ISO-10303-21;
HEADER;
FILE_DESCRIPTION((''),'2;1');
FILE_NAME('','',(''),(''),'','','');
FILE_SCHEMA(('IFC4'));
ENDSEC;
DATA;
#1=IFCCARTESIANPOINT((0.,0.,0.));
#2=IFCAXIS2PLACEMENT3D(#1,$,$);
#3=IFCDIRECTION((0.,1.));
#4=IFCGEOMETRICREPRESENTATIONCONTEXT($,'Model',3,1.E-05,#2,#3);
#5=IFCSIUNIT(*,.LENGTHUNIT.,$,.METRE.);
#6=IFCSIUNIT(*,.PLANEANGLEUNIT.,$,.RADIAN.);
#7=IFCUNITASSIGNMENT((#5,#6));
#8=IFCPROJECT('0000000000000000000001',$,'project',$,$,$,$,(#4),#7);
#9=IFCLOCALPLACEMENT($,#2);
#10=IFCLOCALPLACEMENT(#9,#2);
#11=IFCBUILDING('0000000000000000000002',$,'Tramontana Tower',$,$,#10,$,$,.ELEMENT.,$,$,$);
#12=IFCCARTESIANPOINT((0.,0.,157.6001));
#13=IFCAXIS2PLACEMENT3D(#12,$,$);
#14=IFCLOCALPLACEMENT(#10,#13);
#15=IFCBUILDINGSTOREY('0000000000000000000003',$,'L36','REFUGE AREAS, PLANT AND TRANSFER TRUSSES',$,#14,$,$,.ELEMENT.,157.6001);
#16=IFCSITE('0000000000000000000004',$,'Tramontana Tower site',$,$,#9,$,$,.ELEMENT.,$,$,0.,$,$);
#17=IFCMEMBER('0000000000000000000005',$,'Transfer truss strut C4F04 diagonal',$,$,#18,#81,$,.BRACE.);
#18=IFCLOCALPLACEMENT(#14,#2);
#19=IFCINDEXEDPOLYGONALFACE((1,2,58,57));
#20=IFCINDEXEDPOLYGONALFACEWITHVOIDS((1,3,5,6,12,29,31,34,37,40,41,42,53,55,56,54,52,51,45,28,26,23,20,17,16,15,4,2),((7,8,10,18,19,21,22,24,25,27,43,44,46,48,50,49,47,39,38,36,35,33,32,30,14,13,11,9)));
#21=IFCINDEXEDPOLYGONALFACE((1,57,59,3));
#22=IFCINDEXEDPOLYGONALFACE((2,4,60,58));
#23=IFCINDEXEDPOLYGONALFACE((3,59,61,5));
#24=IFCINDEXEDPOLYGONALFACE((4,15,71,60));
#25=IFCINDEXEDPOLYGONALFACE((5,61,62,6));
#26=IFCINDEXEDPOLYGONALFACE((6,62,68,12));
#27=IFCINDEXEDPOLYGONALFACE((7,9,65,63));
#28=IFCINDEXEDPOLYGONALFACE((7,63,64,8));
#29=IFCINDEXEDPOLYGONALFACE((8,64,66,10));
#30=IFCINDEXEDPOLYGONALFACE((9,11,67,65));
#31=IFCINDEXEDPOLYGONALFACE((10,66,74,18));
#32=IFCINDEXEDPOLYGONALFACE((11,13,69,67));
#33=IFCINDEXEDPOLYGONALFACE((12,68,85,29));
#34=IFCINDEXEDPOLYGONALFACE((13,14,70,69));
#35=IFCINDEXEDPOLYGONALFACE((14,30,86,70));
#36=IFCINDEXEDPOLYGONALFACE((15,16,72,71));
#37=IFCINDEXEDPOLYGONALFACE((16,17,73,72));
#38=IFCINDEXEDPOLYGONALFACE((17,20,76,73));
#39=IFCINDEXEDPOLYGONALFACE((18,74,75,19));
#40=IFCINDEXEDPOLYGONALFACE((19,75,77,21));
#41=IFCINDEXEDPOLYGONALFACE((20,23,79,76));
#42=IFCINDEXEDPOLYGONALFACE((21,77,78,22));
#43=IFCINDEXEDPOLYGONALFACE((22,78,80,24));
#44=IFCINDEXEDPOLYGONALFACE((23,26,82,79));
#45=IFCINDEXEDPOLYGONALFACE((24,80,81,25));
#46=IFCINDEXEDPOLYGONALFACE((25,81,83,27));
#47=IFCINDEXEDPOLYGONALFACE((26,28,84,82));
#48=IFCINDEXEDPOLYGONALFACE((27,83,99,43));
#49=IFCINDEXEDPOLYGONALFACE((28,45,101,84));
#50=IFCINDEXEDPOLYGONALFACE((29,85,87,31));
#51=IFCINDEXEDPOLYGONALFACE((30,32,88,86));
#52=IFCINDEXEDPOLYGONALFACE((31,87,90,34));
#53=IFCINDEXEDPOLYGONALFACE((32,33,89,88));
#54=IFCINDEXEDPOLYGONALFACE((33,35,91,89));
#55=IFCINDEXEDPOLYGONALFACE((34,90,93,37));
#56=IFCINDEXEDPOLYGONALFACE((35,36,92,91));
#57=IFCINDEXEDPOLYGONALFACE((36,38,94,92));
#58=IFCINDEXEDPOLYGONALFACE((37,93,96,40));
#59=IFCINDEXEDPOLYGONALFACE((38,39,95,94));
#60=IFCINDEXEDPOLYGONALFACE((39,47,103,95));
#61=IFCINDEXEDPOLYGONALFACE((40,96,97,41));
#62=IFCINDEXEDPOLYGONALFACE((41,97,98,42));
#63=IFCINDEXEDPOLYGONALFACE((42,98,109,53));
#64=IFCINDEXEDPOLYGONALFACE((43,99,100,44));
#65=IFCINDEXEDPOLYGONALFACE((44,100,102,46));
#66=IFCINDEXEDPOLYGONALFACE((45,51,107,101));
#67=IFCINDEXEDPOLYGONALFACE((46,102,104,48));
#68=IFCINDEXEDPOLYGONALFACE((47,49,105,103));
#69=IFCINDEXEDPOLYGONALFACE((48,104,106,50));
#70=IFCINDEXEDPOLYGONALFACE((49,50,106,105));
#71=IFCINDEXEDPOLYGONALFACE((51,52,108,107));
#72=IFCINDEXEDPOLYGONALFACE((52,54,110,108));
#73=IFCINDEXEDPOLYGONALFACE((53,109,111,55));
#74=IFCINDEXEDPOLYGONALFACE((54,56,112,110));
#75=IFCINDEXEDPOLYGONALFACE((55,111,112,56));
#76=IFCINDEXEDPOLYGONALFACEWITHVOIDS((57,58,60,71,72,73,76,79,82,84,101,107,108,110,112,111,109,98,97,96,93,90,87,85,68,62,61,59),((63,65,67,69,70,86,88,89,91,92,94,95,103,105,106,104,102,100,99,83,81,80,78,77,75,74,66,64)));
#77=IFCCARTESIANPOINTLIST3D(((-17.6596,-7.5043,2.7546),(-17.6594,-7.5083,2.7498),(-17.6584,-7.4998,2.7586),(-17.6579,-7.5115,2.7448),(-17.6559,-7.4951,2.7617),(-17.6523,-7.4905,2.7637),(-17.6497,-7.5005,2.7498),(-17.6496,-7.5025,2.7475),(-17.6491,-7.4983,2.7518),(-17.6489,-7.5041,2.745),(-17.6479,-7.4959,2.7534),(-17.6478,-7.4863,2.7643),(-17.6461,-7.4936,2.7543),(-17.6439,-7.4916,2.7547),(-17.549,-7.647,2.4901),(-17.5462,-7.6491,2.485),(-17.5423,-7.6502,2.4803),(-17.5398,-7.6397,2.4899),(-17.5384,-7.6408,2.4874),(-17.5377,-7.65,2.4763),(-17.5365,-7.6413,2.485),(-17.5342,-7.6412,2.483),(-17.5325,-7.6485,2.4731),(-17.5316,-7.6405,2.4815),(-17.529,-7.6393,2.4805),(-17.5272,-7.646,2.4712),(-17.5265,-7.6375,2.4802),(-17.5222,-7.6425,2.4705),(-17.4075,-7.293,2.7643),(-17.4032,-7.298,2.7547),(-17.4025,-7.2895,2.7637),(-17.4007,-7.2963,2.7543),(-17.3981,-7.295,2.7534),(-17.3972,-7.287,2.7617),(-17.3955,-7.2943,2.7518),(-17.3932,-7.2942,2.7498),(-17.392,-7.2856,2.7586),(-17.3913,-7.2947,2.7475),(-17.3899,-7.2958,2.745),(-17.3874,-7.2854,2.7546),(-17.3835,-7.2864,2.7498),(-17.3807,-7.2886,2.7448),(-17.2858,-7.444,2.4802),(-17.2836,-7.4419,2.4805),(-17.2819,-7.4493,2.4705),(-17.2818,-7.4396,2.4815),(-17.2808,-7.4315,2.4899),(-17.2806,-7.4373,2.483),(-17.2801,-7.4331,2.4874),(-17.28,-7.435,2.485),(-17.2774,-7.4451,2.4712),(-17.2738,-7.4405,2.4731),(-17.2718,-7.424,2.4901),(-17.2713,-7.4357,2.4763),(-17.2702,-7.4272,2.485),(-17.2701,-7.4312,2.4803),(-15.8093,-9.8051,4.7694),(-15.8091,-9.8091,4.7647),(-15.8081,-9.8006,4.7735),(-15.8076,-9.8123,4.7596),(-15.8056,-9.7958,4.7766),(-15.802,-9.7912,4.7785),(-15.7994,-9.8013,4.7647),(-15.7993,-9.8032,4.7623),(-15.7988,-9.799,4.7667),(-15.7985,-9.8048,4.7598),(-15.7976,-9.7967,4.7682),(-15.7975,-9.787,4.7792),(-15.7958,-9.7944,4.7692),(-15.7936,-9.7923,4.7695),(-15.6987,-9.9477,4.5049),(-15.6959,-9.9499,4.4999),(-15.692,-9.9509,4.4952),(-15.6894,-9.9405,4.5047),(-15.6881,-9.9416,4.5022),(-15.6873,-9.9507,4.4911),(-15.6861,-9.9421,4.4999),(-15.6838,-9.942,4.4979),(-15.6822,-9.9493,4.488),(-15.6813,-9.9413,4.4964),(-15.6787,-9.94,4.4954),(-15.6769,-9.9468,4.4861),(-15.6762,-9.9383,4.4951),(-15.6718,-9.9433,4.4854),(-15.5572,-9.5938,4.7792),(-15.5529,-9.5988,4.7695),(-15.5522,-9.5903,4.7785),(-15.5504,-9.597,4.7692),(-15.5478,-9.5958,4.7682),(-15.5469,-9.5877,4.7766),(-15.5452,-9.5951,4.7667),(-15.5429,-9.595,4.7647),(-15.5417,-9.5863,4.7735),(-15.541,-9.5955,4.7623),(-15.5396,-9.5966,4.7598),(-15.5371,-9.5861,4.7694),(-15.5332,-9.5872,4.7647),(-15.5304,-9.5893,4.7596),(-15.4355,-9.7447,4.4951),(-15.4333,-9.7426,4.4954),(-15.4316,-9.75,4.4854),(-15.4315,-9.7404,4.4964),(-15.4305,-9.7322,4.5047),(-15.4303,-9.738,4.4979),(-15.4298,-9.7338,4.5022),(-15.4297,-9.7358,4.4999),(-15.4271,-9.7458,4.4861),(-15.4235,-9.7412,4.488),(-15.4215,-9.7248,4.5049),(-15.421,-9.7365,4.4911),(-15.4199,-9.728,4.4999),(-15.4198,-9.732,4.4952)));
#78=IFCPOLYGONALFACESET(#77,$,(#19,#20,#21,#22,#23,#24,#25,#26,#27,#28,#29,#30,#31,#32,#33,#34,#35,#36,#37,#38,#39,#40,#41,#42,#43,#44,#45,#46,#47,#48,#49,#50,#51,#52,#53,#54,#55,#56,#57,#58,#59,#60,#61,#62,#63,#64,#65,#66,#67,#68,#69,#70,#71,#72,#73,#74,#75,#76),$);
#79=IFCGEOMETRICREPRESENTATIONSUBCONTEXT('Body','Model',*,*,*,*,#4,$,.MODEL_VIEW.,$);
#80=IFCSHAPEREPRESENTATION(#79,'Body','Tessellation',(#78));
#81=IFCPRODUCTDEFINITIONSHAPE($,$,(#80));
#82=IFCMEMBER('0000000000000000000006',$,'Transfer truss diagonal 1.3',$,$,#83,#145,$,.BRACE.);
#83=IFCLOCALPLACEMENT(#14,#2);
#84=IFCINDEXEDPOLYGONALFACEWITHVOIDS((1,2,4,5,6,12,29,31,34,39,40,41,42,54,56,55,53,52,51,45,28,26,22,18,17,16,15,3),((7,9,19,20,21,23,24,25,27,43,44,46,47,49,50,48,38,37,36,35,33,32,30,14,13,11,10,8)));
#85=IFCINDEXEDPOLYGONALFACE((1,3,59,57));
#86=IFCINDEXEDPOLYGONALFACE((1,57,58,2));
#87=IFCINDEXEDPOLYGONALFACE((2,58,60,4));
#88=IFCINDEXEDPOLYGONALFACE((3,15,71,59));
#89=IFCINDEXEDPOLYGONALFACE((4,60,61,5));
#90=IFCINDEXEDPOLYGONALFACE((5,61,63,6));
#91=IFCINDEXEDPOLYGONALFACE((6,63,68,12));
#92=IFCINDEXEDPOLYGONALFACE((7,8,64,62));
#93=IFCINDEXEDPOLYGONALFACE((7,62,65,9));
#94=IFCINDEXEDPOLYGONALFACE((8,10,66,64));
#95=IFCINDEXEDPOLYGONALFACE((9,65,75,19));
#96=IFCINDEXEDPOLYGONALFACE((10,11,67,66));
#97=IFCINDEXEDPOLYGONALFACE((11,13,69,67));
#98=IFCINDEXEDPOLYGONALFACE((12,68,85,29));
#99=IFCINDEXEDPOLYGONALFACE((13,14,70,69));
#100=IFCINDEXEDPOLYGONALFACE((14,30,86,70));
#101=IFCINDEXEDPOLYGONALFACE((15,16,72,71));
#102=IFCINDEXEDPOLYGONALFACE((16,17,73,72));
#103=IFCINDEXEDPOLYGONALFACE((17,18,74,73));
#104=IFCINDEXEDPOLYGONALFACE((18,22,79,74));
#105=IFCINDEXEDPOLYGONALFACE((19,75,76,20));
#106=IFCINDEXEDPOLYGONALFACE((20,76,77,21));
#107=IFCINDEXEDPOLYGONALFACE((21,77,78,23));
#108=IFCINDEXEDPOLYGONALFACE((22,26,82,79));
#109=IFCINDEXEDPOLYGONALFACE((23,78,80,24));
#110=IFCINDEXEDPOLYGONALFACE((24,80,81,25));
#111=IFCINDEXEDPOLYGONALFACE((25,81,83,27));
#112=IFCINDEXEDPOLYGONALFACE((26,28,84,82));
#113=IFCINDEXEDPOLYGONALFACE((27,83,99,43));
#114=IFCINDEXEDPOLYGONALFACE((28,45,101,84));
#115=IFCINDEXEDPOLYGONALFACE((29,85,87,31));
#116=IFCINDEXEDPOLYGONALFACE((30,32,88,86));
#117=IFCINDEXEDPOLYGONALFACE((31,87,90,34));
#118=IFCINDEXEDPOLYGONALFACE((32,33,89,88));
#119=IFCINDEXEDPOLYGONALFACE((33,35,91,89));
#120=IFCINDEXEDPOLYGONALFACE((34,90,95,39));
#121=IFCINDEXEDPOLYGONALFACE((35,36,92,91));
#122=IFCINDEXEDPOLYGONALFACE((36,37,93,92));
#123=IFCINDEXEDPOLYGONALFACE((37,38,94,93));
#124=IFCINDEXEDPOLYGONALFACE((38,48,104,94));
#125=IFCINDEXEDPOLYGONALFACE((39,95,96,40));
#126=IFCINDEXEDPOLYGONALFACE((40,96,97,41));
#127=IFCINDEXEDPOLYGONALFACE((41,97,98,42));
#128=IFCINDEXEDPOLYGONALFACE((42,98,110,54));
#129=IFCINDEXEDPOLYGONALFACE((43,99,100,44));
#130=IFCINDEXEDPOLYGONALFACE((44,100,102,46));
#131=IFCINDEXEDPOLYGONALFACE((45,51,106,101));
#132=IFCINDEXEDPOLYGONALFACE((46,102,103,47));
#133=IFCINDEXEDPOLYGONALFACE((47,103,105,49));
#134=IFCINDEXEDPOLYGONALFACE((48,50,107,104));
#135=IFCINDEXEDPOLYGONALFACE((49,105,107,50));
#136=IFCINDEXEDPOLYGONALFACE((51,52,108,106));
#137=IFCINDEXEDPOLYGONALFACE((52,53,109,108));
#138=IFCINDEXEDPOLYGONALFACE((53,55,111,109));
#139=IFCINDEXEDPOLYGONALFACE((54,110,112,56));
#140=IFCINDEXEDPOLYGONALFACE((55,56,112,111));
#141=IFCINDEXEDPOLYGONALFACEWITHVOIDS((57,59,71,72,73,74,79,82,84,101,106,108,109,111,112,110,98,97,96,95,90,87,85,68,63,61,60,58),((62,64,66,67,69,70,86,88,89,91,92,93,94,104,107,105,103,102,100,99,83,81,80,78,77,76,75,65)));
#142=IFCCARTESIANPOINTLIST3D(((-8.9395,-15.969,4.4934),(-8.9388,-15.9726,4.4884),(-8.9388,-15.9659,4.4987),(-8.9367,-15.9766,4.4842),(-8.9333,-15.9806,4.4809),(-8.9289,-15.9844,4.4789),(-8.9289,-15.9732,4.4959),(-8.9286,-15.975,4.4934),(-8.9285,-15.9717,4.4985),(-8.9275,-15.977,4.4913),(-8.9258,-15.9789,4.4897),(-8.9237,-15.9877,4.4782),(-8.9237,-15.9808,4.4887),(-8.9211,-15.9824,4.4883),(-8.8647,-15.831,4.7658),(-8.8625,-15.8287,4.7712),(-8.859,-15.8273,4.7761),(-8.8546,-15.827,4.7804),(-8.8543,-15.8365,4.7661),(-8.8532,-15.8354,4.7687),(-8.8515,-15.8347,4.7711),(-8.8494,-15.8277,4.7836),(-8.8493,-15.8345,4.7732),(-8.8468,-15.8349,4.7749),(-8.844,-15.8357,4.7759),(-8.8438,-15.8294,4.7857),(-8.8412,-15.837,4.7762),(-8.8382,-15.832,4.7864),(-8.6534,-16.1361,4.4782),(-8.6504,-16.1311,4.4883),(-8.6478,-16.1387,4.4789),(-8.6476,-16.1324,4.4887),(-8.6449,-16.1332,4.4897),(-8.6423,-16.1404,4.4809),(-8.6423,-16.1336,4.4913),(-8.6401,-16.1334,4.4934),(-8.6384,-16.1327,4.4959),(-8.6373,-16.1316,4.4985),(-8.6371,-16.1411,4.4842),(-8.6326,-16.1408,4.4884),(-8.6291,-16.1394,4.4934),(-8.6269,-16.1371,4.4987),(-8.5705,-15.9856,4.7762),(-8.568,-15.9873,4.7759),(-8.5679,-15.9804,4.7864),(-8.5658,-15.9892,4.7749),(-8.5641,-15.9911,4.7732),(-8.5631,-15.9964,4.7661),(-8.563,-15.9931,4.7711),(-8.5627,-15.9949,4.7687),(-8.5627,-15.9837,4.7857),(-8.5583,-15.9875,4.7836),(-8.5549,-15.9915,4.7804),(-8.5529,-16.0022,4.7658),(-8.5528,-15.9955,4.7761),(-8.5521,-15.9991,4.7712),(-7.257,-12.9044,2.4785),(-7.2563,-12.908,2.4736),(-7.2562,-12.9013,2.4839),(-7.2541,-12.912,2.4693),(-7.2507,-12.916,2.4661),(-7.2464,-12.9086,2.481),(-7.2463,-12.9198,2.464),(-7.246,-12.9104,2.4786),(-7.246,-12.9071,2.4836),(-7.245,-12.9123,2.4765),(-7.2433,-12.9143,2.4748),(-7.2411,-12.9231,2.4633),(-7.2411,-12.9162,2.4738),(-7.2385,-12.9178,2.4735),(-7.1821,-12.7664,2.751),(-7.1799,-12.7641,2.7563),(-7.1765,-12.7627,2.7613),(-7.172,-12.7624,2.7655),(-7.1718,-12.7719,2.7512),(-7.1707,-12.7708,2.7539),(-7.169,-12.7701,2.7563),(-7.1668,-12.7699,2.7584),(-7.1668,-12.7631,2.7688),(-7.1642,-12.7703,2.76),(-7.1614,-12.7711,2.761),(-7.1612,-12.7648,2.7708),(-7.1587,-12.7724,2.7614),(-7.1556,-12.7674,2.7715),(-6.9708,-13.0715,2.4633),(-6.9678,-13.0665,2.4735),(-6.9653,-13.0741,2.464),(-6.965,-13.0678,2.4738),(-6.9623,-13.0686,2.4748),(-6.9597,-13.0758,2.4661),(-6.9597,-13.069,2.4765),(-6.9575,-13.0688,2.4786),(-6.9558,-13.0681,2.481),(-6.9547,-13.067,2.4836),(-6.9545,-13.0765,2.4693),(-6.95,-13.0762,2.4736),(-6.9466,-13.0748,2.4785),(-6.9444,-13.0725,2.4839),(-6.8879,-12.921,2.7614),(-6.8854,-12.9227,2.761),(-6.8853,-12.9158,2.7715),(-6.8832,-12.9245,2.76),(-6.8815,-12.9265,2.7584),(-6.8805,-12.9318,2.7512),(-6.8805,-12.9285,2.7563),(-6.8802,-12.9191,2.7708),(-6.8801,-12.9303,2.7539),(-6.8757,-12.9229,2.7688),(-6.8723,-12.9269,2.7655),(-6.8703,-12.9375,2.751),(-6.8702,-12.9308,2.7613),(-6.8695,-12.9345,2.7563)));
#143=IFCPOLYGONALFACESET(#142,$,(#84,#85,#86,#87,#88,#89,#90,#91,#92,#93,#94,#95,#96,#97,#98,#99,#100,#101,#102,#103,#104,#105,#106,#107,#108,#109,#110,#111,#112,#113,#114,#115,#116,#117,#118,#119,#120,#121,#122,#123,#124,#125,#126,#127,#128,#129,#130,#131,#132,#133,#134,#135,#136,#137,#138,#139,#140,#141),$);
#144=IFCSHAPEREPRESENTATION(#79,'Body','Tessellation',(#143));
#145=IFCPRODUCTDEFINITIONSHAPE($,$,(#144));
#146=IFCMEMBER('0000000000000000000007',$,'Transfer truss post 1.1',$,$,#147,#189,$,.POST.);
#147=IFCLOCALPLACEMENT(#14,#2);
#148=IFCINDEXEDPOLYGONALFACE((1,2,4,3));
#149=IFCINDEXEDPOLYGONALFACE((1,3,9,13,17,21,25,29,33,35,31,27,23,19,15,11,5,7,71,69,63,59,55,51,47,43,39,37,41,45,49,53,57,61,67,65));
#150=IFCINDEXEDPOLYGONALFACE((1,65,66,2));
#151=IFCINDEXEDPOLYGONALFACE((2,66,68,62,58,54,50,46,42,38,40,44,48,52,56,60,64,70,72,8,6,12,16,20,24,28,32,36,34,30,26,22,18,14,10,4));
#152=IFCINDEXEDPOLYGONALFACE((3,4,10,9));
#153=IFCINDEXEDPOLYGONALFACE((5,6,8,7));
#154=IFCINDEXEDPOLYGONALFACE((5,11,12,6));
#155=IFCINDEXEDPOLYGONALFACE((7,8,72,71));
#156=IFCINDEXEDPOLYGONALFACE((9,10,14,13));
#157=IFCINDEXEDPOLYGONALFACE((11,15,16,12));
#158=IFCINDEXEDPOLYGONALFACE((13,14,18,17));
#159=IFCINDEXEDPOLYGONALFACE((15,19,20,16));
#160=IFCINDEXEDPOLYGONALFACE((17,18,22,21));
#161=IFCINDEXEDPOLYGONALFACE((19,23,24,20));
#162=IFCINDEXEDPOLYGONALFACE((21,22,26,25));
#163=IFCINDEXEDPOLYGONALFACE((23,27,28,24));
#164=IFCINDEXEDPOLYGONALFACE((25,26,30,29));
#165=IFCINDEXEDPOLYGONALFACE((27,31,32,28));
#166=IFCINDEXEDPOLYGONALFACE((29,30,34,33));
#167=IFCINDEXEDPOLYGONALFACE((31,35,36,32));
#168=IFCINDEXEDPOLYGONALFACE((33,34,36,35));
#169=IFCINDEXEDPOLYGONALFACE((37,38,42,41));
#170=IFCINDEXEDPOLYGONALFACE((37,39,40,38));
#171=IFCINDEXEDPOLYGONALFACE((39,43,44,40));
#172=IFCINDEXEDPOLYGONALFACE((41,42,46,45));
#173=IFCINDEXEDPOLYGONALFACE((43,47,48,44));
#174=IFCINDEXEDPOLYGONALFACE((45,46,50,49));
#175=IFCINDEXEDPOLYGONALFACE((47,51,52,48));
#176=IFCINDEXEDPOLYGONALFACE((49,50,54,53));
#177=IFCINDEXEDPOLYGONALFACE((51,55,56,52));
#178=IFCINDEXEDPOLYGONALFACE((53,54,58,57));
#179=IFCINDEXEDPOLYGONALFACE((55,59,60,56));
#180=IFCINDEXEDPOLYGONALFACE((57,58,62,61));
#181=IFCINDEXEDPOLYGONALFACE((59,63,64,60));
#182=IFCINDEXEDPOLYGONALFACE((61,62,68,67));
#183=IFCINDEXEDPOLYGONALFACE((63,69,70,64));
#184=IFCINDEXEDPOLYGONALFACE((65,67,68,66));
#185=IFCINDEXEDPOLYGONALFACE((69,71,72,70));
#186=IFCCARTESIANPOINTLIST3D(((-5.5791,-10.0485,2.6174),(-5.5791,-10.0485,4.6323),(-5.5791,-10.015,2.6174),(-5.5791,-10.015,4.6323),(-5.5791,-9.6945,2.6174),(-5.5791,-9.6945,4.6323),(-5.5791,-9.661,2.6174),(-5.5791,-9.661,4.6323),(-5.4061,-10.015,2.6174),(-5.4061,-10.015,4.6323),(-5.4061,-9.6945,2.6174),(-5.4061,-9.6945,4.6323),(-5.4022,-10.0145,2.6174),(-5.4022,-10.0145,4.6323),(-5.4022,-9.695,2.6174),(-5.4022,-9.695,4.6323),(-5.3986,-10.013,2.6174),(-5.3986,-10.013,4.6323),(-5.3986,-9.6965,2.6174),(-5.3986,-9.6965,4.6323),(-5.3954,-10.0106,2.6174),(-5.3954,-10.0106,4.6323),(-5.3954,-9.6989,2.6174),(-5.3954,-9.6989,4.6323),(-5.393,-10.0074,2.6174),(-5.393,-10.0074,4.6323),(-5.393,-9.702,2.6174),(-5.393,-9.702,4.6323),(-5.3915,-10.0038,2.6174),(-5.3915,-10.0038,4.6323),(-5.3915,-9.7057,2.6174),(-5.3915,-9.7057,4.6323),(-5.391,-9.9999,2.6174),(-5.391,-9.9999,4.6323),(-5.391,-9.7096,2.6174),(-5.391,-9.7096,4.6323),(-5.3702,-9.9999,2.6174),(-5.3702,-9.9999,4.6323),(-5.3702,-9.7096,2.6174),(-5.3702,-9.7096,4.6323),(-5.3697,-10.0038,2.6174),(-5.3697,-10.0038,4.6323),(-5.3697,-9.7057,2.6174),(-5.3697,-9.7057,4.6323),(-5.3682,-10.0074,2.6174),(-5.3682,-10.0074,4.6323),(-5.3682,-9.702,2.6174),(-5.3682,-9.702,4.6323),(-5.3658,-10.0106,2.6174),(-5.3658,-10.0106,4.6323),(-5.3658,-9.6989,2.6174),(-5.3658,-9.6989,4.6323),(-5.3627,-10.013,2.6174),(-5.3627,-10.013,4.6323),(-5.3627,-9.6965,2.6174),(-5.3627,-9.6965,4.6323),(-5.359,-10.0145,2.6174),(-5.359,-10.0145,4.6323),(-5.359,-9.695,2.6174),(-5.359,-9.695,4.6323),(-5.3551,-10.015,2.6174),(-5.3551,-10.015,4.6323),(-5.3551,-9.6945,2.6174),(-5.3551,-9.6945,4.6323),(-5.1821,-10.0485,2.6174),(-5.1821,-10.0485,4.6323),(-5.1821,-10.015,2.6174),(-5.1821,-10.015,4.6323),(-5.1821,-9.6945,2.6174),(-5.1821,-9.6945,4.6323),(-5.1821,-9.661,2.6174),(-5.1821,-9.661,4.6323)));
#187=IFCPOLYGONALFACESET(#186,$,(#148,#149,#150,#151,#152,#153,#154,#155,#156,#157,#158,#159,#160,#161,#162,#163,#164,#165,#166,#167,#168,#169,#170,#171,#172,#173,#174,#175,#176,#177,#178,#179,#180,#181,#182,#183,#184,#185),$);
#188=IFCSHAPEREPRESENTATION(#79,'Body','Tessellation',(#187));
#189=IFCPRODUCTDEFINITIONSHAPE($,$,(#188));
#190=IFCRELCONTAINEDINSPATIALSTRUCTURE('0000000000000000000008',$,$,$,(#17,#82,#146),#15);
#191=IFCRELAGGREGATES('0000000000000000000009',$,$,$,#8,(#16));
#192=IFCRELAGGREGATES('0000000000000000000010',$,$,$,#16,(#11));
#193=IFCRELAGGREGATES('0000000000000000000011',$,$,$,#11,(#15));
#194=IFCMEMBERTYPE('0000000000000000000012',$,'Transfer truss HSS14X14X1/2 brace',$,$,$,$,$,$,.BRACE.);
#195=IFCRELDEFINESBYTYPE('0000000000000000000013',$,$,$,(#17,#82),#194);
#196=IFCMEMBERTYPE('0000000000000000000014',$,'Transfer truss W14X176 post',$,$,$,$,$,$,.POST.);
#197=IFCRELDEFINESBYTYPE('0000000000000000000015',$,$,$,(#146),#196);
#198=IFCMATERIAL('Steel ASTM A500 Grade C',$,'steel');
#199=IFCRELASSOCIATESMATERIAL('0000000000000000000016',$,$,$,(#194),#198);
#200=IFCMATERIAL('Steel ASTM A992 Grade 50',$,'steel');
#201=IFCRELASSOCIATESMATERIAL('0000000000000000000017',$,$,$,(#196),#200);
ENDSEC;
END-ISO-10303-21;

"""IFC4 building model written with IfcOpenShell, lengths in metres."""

from ifc_helpers import new_model, si_unit, direction, frame, origin, origin_2d, place, context, subcontext, project, spatial, hollow_rectangle, i_section, extrude, material, material_profile, profile_set, type_object, element, save


model = new_model("IFC4")

# Units and contexts
model_context = context("Model", 3, precision=1e-05, world=origin(), true_north=direction((0.0, 1.0)))
body_context = subcontext(model_context, "Body", "Model", "MODEL_VIEW")
ifc_project = project(units=[si_unit("LENGTHUNIT", "METRE"), si_unit("PLANEANGLEUNIT", "RADIAN")], contexts=[model_context])

# Site, building, storey
site_placement = place(None, origin())
site = spatial("IfcSite", under=ifc_project, at=site_placement, Name="Tramontana Tower site", CompositionType="ELEMENT", RefElevation=0.0)
building_placement = place(site_placement, origin())
building = spatial("IfcBuilding", under=site, at=building_placement, Name="Tramontana Tower", CompositionType="ELEMENT")
storey_placement = place(building_placement, frame((0.0, 0.0, 157.6001)))
storey = spatial("IfcBuildingStorey", under=building, at=storey_placement, Name="L36", Description="REFUGE AREAS, PLANT AND TRANSFER TRUSSES", CompositionType="ELEMENT", Elevation=157.6001)

# Members
ifc_material_1 = material(Name="Steel ASTM A500 Grade C", Category="steel")
ifc_material_profile_1 = material_profile(ifc_material_1, hollow_rectangle(XDim=0.3557, YDim=0.3557, WallThickness=0.0117, InnerFilletRadius=0.0117, OuterFilletRadius=0.0237, at=origin_2d()), Name="HSS14X14X1/2")
ifc_profile_set_1 = profile_set([ifc_material_profile_1], Name="Steel ASTM A500 Grade C")
member_type_1 = type_object("IfcMemberType", Name="Transfer truss HSS14X14X1/2 brace", PredefinedType="BRACE", material=ifc_profile_set_1)
member_1_placement = place(storey_placement, frame((-17.4648, -7.4678, 2.6174), z_axis=(0.517648, -0.643663, 0.563683), x_axis=(0.779261, 0.6267, 0.0)))
element("IfcMember", 1, at=member_1_placement, inside=storey, type_object=member_type_1, Name="Transfer truss strut C4F04 diagonal", PredefinedType="BRACE", context=body_context, shape_type="SweptSolid", body=[
    extrude(hollow_rectangle(XDim=0.3557, YDim=0.3557, WallThickness=0.0117, InnerFilletRadius=0.0117, OuterFilletRadius=0.0237, at=origin_2d()), origin(), (0.0, 0.0, 1.0), 3.5745),
])
member_2_placement = place(storey_placement, frame((-7.0632, -12.9194, 2.6174), z_axis=(-0.416978, -0.759479, 0.499321), x_axis=(0.876574, -0.481267, 0.0)))
element("IfcMember", 2, at=member_2_placement, inside=storey, type_object=member_type_1, Name="Transfer truss diagonal 1.3", PredefinedType="BRACE", context=body_context, shape_type="SweptSolid", body=[
    extrude(hollow_rectangle(XDim=0.3557, YDim=0.3557, WallThickness=0.0117, InnerFilletRadius=0.0117, OuterFilletRadius=0.0237, at=origin_2d()), origin(), (0.0, 0.0, 1.0), 4.0352),
])
ifc_material_2 = material(Name="Steel ASTM A992 Grade 50", Category="steel")
ifc_material_profile_2 = material_profile(ifc_material_2, i_section(OverallWidth=0.397, OverallDepth=0.3875, WebThickness=0.0208, FlangeThickness=0.0334, FilletRadius=0.0151, at=origin_2d()), Name="W14X176")
ifc_profile_set_2 = profile_set([ifc_material_profile_2], Name="Steel ASTM A992 Grade 50")
member_type_2 = type_object("IfcMemberType", Name="Transfer truss W14X176 post", PredefinedType="POST", material=ifc_profile_set_2)
for number, where, z_axis, x_axis, name in (
    (3, (-5.3806, -9.8547, 2.6174), (0.0, 0.0, 1.0), (1.0, 0.0, 0.0), "Transfer truss post 1.1"),
):
    element("IfcMember", number, at=place(storey_placement, frame(where, z_axis=z_axis, x_axis=x_axis)), inside=storey, type_object=member_type_2, Name=name, PredefinedType="POST", context=body_context, shape_type="SweptSolid", body=[
        extrude(i_section(OverallWidth=0.397, OverallDepth=0.3875, WebThickness=0.0208, FlangeThickness=0.0334, FilletRadius=0.0151, at=origin_2d()), origin(), (0.0, 0.0, 1.0), 2.0149),
    ])

save(model, "model.ifc")
